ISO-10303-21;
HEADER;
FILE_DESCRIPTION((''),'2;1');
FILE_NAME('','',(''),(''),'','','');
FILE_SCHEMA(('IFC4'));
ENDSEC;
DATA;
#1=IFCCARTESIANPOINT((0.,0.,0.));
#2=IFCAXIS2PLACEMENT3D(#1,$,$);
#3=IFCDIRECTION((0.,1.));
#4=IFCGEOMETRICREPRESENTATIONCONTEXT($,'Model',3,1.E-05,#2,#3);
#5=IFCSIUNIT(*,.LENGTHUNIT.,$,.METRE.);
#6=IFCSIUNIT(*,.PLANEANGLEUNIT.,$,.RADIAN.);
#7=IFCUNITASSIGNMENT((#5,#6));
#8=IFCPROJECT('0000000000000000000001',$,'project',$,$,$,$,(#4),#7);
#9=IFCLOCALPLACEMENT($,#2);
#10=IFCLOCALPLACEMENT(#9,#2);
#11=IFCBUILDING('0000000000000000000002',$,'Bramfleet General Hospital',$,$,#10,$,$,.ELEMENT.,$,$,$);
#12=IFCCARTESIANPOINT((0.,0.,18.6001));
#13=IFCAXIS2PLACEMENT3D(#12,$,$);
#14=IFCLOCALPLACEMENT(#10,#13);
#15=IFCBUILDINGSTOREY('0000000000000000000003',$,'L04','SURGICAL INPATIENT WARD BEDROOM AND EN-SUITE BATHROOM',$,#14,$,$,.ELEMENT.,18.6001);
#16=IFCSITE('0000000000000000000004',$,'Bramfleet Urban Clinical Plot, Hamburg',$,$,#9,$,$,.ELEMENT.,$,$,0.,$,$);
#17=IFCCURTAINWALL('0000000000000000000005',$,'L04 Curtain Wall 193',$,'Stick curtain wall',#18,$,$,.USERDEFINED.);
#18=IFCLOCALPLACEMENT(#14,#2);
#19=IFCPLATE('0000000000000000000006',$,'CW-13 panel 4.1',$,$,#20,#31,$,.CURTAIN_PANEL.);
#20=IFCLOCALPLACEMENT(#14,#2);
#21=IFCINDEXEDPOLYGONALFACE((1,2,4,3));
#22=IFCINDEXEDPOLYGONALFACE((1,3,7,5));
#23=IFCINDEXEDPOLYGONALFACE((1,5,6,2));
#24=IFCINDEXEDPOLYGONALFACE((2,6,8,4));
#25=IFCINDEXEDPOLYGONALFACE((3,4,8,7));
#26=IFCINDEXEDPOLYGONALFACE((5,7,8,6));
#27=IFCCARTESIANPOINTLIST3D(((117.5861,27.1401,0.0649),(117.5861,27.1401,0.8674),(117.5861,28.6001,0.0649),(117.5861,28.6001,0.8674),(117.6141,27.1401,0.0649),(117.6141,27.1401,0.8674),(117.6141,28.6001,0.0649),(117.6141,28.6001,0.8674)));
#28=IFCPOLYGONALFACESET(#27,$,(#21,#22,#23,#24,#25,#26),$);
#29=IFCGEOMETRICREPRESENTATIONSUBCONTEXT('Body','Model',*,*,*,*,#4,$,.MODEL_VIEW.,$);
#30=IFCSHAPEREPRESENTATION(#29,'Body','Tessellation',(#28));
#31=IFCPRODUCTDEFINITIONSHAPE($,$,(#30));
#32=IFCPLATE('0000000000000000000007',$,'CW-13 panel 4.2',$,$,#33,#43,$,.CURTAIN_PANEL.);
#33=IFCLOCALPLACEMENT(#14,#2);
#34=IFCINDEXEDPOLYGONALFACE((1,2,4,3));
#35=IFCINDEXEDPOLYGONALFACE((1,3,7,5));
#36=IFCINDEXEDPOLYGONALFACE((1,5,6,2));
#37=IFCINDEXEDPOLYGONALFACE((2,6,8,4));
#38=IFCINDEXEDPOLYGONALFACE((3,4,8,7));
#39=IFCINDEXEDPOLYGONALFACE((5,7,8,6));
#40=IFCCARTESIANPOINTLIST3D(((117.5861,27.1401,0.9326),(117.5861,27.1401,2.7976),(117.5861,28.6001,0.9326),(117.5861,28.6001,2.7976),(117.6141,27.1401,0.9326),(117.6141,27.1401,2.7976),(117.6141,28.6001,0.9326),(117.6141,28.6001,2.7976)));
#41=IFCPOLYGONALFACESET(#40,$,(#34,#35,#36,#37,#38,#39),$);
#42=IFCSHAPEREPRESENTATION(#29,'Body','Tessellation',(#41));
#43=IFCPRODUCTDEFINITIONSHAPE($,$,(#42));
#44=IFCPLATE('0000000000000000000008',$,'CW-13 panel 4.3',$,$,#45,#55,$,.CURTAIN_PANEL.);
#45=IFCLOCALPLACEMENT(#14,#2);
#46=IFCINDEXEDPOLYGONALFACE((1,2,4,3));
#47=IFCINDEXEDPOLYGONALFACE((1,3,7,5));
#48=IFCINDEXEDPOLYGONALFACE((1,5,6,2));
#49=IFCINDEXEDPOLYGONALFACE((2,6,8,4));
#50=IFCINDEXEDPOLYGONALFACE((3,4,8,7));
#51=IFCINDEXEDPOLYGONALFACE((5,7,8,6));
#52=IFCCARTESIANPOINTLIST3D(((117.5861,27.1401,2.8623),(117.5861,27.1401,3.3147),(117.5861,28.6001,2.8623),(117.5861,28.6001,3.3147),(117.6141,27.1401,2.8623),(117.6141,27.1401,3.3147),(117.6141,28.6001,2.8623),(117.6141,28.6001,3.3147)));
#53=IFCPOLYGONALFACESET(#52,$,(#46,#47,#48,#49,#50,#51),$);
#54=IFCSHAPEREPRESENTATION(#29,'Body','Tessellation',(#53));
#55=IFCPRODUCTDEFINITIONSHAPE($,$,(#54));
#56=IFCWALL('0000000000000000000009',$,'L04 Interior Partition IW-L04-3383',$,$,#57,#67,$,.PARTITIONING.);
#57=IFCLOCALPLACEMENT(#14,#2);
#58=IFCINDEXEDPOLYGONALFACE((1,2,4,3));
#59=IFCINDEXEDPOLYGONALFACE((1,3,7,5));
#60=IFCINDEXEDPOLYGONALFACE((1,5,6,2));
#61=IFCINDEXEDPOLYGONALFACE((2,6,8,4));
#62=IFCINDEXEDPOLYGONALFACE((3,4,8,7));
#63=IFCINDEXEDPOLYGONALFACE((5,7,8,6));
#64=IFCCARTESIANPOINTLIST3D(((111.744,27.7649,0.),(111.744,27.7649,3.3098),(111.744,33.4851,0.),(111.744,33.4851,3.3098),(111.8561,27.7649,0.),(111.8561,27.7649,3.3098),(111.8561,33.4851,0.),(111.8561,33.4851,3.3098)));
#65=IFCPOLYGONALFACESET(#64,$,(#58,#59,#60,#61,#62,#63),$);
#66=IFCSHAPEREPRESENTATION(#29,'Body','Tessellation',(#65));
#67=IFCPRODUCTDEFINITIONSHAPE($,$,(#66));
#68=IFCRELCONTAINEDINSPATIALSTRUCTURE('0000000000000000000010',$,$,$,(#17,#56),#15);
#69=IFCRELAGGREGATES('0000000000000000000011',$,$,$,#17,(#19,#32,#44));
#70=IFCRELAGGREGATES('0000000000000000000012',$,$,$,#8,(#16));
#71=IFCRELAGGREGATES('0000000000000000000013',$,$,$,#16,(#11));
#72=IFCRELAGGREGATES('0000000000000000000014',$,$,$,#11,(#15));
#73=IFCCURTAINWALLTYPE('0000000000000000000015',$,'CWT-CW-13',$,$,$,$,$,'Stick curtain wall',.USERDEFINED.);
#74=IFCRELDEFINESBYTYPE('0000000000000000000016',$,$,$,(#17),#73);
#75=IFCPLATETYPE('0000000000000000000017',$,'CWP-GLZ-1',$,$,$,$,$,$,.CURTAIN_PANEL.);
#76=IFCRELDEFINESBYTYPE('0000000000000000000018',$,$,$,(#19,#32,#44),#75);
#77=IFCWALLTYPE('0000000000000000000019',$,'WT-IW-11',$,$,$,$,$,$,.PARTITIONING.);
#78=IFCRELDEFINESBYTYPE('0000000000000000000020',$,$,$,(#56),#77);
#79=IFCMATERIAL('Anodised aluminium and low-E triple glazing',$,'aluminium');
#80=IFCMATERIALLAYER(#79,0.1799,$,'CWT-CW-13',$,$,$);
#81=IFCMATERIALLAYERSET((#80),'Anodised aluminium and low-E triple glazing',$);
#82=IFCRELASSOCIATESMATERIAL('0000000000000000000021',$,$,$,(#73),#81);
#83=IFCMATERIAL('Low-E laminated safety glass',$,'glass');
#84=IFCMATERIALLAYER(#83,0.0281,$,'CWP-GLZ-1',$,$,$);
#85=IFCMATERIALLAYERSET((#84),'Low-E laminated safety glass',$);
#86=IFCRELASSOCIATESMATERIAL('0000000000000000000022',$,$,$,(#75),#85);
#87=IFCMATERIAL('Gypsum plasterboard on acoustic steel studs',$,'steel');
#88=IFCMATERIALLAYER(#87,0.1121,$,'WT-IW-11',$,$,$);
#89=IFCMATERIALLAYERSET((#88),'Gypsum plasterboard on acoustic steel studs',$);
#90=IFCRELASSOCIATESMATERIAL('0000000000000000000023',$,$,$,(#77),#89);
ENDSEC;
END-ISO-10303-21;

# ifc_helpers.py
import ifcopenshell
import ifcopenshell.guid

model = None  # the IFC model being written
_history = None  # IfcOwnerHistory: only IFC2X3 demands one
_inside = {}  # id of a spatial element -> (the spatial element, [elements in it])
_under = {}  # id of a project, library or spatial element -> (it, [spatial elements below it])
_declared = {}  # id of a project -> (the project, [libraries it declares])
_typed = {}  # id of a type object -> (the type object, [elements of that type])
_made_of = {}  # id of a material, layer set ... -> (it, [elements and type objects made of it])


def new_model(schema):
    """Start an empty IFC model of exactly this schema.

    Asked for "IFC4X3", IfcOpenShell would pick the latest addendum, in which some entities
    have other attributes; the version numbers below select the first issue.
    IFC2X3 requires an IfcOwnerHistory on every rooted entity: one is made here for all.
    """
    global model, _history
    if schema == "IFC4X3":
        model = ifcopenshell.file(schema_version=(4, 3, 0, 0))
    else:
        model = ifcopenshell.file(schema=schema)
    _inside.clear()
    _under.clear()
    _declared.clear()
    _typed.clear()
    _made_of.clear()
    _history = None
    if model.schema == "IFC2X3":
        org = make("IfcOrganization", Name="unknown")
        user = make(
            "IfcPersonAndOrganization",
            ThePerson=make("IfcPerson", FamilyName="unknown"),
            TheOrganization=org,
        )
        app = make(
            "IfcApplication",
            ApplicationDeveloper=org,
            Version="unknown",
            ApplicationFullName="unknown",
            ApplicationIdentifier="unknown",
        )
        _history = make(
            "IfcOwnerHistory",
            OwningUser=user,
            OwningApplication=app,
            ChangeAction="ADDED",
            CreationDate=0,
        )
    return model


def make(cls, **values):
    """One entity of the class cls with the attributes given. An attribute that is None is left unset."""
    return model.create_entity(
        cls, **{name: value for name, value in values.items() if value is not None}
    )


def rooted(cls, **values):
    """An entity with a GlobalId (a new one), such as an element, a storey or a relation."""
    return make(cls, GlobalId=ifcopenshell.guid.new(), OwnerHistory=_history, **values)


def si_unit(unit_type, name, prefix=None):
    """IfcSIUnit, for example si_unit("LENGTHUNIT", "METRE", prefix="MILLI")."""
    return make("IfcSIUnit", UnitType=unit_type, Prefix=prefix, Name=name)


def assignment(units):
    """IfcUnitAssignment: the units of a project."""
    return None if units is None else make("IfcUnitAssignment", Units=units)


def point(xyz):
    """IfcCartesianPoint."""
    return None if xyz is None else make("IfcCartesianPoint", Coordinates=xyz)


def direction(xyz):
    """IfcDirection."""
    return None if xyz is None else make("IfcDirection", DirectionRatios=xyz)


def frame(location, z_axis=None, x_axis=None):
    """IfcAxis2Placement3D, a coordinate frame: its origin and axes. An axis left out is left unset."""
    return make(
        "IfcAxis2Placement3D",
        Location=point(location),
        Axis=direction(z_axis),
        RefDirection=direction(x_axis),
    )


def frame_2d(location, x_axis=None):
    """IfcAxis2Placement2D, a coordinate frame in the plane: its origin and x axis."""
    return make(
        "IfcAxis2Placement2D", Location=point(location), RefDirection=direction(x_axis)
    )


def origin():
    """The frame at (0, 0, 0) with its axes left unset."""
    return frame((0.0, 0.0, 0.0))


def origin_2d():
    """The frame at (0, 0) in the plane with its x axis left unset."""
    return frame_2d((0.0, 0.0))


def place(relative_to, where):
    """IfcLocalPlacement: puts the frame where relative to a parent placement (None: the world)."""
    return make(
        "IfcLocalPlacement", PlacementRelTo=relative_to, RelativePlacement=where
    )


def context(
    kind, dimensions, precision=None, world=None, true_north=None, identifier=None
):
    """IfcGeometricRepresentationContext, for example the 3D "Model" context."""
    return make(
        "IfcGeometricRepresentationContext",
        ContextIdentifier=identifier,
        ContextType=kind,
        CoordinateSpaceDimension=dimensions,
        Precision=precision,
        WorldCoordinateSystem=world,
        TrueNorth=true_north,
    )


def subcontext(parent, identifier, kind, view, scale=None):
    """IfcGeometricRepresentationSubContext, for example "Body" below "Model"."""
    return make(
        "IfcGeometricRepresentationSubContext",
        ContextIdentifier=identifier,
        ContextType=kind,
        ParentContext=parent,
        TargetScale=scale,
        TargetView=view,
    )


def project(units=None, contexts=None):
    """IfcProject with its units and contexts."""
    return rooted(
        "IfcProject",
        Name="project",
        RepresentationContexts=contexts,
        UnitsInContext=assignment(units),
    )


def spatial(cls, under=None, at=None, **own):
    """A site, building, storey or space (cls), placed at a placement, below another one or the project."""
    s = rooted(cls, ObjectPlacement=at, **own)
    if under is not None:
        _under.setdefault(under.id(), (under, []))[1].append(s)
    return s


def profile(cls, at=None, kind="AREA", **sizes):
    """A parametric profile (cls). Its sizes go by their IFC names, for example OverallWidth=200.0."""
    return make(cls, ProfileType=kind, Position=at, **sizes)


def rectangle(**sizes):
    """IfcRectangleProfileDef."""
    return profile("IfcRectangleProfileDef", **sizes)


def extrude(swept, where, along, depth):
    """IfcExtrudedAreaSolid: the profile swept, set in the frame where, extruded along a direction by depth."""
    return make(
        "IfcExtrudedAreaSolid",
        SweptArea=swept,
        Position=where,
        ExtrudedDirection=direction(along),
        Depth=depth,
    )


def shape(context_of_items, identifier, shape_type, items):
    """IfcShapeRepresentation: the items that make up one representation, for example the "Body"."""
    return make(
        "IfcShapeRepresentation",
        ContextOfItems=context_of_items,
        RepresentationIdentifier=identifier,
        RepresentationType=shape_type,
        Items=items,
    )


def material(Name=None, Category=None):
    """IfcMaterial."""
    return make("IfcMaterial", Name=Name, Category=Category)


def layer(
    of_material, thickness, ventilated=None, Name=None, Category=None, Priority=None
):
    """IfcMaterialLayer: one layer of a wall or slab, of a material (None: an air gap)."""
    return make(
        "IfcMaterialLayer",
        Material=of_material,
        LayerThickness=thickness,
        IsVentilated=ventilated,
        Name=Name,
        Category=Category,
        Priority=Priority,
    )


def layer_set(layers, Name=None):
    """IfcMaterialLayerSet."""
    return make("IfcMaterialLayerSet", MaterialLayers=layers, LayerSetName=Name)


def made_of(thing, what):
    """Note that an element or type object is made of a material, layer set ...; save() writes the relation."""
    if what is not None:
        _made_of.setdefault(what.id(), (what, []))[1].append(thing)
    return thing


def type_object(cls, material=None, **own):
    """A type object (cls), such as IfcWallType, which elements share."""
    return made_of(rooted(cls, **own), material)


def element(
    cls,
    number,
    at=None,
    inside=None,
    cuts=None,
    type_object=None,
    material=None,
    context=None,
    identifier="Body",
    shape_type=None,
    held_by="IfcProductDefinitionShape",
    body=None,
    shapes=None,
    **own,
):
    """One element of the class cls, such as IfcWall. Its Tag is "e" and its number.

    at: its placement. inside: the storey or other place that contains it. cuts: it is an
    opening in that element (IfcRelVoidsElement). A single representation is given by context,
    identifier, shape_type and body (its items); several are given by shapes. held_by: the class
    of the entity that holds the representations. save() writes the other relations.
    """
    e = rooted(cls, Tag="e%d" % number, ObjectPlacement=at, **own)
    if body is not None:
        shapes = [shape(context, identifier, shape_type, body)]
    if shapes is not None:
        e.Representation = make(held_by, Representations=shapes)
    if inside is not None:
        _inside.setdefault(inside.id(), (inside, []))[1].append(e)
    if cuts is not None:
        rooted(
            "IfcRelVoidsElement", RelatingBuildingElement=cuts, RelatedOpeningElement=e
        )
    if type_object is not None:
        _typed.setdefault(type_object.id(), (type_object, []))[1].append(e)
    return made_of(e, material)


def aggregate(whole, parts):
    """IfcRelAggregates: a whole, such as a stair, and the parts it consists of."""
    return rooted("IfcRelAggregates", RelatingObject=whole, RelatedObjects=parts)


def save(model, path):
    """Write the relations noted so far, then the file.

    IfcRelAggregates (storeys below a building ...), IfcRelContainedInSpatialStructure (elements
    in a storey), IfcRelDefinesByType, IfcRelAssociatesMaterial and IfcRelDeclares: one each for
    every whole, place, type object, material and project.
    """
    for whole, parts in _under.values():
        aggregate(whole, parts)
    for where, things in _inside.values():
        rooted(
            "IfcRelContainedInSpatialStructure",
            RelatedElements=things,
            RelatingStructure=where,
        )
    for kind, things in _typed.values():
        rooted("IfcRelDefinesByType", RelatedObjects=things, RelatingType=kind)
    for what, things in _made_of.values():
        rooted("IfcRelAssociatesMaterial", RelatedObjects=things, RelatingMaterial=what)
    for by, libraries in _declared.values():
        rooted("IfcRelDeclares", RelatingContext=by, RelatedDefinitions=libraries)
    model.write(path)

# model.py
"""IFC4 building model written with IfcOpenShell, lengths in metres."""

from ifc_helpers import new_model, si_unit, direction, frame, frame_2d, origin, origin_2d, place, context, subcontext, project, spatial, rectangle, extrude, material, layer, layer_set, type_object, element, aggregate, save


model = new_model("IFC4")

# Units and contexts
model_context = context("Model", 3, precision=1e-05, world=origin(), true_north=direction((0.0, 1.0)))
body_context = subcontext(model_context, "Body", "Model", "MODEL_VIEW")
ifc_project = project(units=[si_unit("LENGTHUNIT", "METRE"), si_unit("PLANEANGLEUNIT", "RADIAN")], contexts=[model_context])

# Site, building, storey
site_placement = place(None, origin())
site = spatial("IfcSite", under=ifc_project, at=site_placement, Name="Bramfleet Urban Clinical Plot, Hamburg", CompositionType="ELEMENT", RefElevation=0.0)
building_placement = place(site_placement, origin())
building = spatial("IfcBuilding", under=site, at=building_placement, Name="Bramfleet General Hospital", CompositionType="ELEMENT")
storey_placement = place(building_placement, frame((0.0, 0.0, 18.6001)))
storey = spatial("IfcBuildingStorey", under=building, at=storey_placement, Name="L04", Description="SURGICAL INPATIENT WARD BEDROOM AND EN-SUITE BATHROOM", CompositionType="ELEMENT", Elevation=18.6001)

# Curtain wall, plates
ifc_material_1 = material(Name="Anodised aluminium and low-E triple glazing", Category="aluminium")
ifc_layer_1 = layer(ifc_material_1, 0.1799, Name="CWT-CW-13")
ifc_layer_set_1 = layer_set([ifc_layer_1], Name="Anodised aluminium and low-E triple glazing")
curtain_wall_type = type_object("IfcCurtainWallType", Name="CWT-CW-13", ElementType="Stick curtain wall", PredefinedType="USERDEFINED", material=ifc_layer_set_1)
curtain_wall_placement = place(storey_placement, origin())
curtain_wall = element("IfcCurtainWall", 1, at=curtain_wall_placement, inside=storey, type_object=curtain_wall_type, Name="L04 Curtain Wall 193", ObjectType="Stick curtain wall", PredefinedType="USERDEFINED")
ifc_material_2 = material(Name="Low-E laminated safety glass", Category="glass")
ifc_layer_2 = layer(ifc_material_2, 0.0281, Name="CWP-GLZ-1")
ifc_layer_set_2 = layer_set([ifc_layer_2], Name="Low-E laminated safety glass")
plate_type = type_object("IfcPlateType", Name="CWP-GLZ-1", PredefinedType="CURTAIN_PANEL", material=ifc_layer_set_2)
plate_1_placement = place(storey_placement, frame((117.6001, 27.8701, 0.0649), z_axis=(0.0, 0.0, 1.0), x_axis=(0.0, -1.0, 0.0)))
plate_1 = element("IfcPlate", 2, at=plate_1_placement, type_object=plate_type, Name="CW-13 panel 4.1", PredefinedType="CURTAIN_PANEL", context=body_context, shape_type="SweptSolid", body=[
    extrude(rectangle(XDim=1.46, YDim=0.0281, at=origin_2d()), origin(), (0.0, 0.0, 1.0), 0.8025),
])
plate_2_placement = place(storey_placement, frame((117.6001, 27.8701, 0.9326), z_axis=(0.0, 0.0, 1.0), x_axis=(0.0, -1.0, 0.0)))
plate_2 = element("IfcPlate", 3, at=plate_2_placement, type_object=plate_type, Name="CW-13 panel 4.2", PredefinedType="CURTAIN_PANEL", context=body_context, shape_type="SweptSolid", body=[
    extrude(rectangle(XDim=1.46, YDim=0.0281, at=origin_2d()), origin(), (0.0, 0.0, 1.0), 1.865),
])
plate_3_placement = place(storey_placement, frame((117.6001, 27.8701, 2.8623), z_axis=(0.0, 0.0, 1.0), x_axis=(0.0, -1.0, 0.0)))
plate_3 = element("IfcPlate", 4, at=plate_3_placement, type_object=plate_type, Name="CW-13 panel 4.3", PredefinedType="CURTAIN_PANEL", context=body_context, shape_type="SweptSolid", body=[
    extrude(rectangle(XDim=1.46, YDim=0.0281, at=origin_2d()), origin(), (0.0, 0.0, 1.0), 0.4524),
])
aggregate(curtain_wall, [plate_1, plate_2, plate_3])

# Wall
ifc_material_3 = material(Name="Gypsum plasterboard on acoustic steel studs", Category="steel")
ifc_layer_3 = layer(ifc_material_3, 0.1121, Name="WT-IW-11")
ifc_layer_set_3 = layer_set([ifc_layer_3], Name="Gypsum plasterboard on acoustic steel studs")
wall_type = type_object("IfcWallType", Name="WT-IW-11", PredefinedType="PARTITIONING", material=ifc_layer_set_3)
wall_placement = place(storey_placement, frame((111.8, 27.7649, 0.0), z_axis=(0.0, 0.0, 1.0), x_axis=(0.0, 1.0, 0.0)))
element("IfcWall", 5, at=wall_placement, inside=storey, type_object=wall_type, Name="L04 Interior Partition IW-L04-3383", PredefinedType="PARTITIONING", context=body_context, shape_type="SweptSolid", body=[
    extrude(rectangle(XDim=5.7202, YDim=0.1121, at=frame_2d((2.8601, 0.0))), origin(), (0.0, 0.0, 1.0), 3.3098),
])

save(model, "model.ifc")
